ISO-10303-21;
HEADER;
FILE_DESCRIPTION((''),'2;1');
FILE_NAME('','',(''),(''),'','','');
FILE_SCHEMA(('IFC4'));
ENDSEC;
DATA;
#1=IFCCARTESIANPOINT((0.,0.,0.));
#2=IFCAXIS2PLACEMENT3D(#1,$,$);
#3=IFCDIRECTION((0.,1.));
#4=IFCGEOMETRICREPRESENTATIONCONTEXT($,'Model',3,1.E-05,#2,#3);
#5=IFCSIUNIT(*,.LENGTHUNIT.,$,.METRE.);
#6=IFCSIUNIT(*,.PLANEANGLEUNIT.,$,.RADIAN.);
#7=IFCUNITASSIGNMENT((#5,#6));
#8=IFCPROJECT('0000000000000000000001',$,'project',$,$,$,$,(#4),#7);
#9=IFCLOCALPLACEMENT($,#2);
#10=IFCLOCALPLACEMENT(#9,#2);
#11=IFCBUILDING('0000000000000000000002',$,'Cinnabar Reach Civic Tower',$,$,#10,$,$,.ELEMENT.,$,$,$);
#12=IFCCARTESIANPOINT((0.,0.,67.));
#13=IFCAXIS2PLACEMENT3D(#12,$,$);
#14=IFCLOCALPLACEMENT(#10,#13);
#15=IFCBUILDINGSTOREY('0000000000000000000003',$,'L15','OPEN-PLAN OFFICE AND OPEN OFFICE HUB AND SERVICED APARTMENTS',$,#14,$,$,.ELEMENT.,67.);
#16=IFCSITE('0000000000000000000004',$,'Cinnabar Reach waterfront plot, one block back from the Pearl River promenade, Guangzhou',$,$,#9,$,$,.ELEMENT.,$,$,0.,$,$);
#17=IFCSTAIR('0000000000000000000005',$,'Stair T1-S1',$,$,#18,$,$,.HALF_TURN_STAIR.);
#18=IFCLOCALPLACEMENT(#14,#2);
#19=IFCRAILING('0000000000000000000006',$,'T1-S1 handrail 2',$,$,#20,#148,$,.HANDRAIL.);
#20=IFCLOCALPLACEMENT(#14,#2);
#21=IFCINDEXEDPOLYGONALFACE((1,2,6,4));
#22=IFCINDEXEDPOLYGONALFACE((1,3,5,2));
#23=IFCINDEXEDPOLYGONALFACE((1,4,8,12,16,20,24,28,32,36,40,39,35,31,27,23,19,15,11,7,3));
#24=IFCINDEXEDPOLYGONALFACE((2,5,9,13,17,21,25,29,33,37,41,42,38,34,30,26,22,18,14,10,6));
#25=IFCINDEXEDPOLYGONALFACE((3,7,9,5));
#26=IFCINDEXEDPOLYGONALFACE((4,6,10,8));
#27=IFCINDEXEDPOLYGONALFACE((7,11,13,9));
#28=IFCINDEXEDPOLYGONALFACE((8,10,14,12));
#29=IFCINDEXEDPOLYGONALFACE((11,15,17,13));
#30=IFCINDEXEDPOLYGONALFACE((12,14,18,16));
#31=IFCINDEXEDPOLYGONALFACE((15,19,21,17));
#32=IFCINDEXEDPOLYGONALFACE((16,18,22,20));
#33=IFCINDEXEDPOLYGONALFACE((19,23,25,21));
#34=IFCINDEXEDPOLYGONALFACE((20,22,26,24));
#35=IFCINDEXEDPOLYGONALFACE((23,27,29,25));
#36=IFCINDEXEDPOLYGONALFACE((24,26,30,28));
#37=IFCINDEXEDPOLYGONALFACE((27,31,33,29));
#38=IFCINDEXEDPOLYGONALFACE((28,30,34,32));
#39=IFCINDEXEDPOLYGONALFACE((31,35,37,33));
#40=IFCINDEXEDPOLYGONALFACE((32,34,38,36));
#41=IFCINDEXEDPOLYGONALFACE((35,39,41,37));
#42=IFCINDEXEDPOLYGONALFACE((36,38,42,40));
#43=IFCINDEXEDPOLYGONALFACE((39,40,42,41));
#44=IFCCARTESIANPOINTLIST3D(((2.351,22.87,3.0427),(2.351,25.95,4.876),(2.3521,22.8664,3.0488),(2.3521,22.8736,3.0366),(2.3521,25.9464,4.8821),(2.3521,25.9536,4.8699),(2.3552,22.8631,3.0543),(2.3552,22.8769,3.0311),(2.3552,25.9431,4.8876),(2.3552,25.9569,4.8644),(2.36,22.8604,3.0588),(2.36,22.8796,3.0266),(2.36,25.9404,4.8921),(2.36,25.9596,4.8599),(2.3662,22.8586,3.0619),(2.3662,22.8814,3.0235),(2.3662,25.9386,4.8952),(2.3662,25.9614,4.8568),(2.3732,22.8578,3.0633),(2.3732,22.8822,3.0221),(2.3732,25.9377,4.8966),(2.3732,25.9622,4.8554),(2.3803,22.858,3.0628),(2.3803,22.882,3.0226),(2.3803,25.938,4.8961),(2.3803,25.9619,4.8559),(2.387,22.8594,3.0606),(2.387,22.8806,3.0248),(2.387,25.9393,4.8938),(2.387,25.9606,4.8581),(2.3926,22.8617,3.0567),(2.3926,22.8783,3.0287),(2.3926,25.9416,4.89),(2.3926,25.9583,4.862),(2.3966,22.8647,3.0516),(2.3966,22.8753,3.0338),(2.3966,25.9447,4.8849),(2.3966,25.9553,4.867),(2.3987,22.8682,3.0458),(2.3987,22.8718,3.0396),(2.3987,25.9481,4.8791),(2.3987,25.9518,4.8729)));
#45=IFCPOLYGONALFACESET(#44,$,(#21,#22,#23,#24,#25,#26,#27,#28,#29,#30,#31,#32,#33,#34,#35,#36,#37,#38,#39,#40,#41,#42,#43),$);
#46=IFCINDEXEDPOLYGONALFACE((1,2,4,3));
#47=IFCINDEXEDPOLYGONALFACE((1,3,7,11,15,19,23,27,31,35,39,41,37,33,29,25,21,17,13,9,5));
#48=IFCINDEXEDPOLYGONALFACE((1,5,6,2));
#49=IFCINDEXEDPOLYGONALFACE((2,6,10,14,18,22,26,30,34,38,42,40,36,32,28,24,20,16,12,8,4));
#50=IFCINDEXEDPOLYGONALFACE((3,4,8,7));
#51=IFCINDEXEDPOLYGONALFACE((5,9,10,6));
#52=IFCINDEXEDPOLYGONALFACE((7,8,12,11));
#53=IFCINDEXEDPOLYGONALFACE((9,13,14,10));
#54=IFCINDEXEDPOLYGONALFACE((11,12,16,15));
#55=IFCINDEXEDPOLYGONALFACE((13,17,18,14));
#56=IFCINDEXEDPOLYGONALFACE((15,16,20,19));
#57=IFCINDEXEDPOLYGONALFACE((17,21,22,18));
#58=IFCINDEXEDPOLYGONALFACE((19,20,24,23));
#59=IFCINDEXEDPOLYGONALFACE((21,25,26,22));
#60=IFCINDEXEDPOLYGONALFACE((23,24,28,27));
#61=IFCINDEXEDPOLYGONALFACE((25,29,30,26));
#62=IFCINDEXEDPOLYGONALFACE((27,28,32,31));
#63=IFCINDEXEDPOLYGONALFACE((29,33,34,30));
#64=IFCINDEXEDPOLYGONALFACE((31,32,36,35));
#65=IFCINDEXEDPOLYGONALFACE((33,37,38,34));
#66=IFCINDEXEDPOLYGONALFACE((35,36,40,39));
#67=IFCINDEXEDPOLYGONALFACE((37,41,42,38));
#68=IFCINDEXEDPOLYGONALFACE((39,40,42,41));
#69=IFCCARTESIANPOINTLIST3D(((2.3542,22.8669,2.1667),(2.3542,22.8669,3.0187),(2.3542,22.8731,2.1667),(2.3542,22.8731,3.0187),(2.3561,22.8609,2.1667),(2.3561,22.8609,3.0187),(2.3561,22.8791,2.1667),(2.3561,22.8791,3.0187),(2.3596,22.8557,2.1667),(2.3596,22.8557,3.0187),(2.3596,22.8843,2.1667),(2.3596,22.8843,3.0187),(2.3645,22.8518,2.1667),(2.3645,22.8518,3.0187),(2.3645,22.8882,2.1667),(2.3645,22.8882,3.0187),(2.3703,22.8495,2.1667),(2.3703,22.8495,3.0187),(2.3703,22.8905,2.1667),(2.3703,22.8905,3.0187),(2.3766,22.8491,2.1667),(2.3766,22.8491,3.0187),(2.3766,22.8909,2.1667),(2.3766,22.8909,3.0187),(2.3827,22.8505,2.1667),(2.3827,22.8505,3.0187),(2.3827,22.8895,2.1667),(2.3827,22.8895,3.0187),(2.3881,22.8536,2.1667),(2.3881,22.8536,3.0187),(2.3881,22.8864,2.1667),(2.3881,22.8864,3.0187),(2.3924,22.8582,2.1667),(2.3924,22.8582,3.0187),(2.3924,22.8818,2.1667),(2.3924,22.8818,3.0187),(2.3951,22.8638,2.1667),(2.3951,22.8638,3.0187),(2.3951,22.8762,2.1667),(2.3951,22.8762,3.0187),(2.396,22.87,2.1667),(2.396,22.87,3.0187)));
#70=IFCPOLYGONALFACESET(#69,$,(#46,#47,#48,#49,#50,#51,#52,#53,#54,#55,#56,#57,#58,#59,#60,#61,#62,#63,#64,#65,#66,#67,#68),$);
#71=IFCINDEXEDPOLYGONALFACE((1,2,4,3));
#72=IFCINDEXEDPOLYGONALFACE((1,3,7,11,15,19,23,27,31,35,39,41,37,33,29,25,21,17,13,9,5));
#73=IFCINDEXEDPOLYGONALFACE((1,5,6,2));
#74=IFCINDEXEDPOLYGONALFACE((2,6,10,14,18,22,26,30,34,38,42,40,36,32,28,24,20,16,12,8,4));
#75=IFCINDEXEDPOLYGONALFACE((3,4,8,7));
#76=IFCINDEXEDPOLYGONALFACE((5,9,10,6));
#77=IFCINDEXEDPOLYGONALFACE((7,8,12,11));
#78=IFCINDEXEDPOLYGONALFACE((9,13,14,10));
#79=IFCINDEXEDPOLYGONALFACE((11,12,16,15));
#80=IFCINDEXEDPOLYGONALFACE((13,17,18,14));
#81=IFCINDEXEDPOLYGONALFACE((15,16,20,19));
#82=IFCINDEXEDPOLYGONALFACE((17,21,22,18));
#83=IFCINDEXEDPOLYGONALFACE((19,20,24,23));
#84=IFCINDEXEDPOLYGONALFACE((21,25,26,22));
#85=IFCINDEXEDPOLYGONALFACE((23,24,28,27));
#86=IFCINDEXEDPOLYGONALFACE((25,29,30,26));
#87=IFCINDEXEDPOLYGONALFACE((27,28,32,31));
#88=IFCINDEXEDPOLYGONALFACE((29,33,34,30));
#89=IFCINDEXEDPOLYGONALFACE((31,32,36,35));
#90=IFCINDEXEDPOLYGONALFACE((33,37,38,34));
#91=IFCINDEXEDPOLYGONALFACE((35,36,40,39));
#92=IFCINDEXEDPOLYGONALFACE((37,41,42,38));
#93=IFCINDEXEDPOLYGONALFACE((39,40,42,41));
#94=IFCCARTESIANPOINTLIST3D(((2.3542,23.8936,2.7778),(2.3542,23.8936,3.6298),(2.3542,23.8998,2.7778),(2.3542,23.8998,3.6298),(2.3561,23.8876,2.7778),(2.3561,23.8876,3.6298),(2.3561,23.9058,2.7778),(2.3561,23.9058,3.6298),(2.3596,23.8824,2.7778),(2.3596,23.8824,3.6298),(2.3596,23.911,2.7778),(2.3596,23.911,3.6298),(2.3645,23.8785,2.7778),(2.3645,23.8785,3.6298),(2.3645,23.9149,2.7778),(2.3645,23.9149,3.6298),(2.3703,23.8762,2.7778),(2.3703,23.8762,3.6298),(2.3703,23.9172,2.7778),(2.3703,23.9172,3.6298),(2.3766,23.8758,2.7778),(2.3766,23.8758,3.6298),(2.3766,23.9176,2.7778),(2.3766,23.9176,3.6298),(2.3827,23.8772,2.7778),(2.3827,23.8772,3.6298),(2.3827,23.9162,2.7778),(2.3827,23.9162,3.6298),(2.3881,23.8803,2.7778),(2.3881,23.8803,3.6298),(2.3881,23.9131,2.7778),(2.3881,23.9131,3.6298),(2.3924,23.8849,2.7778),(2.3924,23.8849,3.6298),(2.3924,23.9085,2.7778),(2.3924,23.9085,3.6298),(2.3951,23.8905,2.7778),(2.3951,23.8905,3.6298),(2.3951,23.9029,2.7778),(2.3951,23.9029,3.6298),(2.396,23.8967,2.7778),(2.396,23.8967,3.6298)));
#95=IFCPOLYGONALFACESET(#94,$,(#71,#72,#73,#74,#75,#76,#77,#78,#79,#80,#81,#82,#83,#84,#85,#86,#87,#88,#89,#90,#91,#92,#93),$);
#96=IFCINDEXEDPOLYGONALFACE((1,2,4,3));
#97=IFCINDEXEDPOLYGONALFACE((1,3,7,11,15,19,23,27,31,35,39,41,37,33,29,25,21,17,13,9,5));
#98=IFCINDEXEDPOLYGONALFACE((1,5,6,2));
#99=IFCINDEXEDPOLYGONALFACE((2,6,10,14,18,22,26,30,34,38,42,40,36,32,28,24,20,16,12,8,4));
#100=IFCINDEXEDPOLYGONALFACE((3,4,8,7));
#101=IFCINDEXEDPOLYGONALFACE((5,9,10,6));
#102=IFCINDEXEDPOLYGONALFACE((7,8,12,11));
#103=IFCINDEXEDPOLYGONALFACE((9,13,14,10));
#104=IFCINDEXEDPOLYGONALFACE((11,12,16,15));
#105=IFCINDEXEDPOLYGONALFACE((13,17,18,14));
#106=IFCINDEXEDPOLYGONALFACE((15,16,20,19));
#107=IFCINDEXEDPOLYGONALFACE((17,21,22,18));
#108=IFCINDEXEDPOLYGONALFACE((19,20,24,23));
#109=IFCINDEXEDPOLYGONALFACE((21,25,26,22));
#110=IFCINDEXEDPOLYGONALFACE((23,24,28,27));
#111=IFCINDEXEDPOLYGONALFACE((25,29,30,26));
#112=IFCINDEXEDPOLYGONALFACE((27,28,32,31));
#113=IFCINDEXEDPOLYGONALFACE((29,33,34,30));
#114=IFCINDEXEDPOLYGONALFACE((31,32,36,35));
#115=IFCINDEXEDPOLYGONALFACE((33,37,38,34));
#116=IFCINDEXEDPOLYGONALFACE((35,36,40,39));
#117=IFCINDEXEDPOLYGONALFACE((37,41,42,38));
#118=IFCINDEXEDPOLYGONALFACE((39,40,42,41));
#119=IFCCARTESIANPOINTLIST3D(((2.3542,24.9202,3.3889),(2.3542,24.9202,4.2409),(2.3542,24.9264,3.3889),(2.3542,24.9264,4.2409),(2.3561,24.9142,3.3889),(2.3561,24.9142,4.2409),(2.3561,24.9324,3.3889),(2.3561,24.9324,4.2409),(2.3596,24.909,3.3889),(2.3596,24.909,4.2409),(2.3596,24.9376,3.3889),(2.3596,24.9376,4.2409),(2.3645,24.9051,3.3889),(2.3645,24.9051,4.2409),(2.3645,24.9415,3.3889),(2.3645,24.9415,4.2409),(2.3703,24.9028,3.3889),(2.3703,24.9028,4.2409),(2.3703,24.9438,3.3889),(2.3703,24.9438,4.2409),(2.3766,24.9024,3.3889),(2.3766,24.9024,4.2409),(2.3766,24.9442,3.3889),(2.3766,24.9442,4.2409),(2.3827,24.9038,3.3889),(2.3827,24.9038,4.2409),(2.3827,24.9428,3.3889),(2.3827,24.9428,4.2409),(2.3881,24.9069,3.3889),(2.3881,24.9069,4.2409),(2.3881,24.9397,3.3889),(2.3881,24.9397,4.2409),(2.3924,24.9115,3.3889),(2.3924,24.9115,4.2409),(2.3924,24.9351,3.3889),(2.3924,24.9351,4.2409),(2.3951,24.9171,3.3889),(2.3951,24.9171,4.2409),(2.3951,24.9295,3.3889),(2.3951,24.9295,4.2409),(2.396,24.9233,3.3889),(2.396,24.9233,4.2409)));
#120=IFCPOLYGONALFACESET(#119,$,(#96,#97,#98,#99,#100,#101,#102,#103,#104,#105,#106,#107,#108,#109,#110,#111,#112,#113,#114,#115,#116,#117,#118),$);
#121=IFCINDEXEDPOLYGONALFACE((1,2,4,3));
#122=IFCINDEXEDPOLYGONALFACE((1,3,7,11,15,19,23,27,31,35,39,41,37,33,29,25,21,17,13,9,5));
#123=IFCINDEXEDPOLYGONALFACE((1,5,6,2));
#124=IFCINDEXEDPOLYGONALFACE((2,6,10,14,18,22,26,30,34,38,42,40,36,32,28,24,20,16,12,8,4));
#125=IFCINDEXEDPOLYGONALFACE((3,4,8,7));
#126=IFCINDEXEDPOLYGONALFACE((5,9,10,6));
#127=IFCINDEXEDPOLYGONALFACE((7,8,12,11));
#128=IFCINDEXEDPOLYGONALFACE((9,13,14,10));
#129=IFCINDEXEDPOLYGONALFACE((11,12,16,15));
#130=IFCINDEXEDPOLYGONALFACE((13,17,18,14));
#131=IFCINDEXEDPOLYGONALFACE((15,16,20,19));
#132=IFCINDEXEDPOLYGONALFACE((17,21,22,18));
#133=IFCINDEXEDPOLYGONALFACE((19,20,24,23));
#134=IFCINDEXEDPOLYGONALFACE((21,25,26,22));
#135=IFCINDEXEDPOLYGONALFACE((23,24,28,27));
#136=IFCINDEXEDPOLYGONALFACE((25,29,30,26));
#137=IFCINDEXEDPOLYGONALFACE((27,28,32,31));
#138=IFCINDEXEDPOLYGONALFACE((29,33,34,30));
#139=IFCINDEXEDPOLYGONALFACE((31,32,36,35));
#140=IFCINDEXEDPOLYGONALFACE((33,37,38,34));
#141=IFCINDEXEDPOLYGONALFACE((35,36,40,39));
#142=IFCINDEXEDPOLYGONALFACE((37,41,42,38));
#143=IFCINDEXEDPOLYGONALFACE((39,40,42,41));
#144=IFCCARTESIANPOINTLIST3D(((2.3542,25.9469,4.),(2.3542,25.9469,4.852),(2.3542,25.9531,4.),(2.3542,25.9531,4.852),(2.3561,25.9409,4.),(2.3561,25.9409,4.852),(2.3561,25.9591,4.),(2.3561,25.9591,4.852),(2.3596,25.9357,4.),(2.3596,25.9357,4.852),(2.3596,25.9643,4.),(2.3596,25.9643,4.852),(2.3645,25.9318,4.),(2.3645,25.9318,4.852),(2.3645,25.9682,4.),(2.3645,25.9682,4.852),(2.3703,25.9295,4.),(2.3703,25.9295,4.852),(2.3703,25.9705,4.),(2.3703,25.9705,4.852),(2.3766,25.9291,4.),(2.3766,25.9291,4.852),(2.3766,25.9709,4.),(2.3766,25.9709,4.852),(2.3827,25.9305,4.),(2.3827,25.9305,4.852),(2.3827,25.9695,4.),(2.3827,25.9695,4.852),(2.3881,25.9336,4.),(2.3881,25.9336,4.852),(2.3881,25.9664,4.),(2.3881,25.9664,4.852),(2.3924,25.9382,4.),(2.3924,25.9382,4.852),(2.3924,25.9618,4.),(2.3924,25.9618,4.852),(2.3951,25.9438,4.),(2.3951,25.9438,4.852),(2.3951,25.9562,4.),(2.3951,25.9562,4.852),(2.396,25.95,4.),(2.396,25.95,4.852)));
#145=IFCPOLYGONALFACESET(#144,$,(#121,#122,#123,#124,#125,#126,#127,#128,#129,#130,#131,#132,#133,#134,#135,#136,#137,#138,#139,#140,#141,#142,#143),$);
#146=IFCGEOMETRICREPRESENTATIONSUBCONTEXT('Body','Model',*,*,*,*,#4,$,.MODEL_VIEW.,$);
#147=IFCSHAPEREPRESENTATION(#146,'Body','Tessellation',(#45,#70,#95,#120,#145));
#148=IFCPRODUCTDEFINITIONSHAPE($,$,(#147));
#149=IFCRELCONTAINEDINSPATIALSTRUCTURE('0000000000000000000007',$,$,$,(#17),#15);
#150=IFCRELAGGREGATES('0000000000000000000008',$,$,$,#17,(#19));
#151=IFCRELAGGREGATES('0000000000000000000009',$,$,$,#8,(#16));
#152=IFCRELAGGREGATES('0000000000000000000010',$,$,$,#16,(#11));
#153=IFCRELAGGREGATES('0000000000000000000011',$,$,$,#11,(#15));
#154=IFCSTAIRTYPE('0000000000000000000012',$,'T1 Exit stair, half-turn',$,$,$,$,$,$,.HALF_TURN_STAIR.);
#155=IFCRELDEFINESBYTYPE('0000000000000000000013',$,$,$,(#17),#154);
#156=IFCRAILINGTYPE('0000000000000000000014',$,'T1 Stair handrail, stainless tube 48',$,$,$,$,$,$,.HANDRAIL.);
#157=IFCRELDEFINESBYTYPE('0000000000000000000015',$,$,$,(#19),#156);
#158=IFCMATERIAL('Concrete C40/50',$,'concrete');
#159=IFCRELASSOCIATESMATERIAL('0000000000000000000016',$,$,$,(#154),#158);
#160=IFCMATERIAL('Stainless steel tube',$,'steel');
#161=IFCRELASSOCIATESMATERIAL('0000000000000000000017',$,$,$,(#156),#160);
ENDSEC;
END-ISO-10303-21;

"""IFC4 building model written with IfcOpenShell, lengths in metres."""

from ifc_helpers import new_model, si_unit, direction, frame, origin, origin_2d, place, context, subcontext, project, spatial, circle, extrude, material, type_object, element, aggregate, save


model = new_model("IFC4")

# Units and contexts
model_context = context("Model", 3, precision=1e-05, world=origin(), true_north=direction((0.0, 1.0)))
body_context = subcontext(model_context, "Body", "Model", "MODEL_VIEW")
ifc_project = project(units=[si_unit("LENGTHUNIT", "METRE"), si_unit("PLANEANGLEUNIT", "RADIAN")], contexts=[model_context])

# Site, building, storey
site_placement = place(None, origin())
site = spatial("IfcSite", under=ifc_project, at=site_placement, Name="Cinnabar Reach waterfront plot, one block back from the Pearl River promenade, Guangzhou", CompositionType="ELEMENT", RefElevation=0.0)
building_placement = place(site_placement, origin())
building = spatial("IfcBuilding", under=site, at=building_placement, Name="Cinnabar Reach Civic Tower", CompositionType="ELEMENT")
storey_placement = place(building_placement, frame((0.0, 0.0, 67.0)))
storey = spatial("IfcBuildingStorey", under=building, at=storey_placement, Name="L15", Description="OPEN-PLAN OFFICE AND OPEN OFFICE HUB AND SERVICED APARTMENTS", CompositionType="ELEMENT", Elevation=67.0)

# Stair, railing
ifc_material_1 = material(Name="Concrete C40/50", Category="concrete")
stair_type = type_object("IfcStairType", Name="T1 Exit stair, half-turn", PredefinedType="HALF_TURN_STAIR", material=ifc_material_1)
stair_placement = place(storey_placement, origin())
stair = element("IfcStair", 1, at=stair_placement, inside=storey, type_object=stair_type, Name="Stair T1-S1", PredefinedType="HALF_TURN_STAIR")
ifc_material_2 = material(Name="Stainless steel tube", Category="steel")
railing_type = type_object("IfcRailingType", Name="T1 Stair handrail, stainless tube 48", PredefinedType="HANDRAIL", material=ifc_material_2)
railing_1_placement = place(storey_placement, frame((2.375, 22.87, 2.1667)))
railing_1 = element("IfcRailing", 2, at=railing_1_placement, type_object=railing_type, Name="T1-S1 handrail 2", PredefinedType="HANDRAIL", context=body_context, shape_type="SweptSolid", body=[
    extrude(circle(Radius=0.024, at=origin_2d()), frame((0.0, 0.0, 0.876), z_axis=(0.0, 0.859297, 0.511477), x_axis=(-1.0, 0.0, 0.0)), (0.0, 0.0, 1.0), 3.5843),
    extrude(circle(Radius=0.021, at=origin_2d()), origin(), (0.0, 0.0, 1.0), 0.852),
    extrude(circle(Radius=0.021, at=origin_2d()), frame((0.0, 1.0267, 0.6111)), (0.0, 0.0, 1.0), 0.852),
    extrude(circle(Radius=0.021, at=origin_2d()), frame((0.0, 2.0533, 1.2222)), (0.0, 0.0, 1.0), 0.852),
    extrude(circle(Radius=0.021, at=origin_2d()), frame((0.0, 3.08, 1.8333)), (0.0, 0.0, 1.0), 0.852),
])
aggregate(stair, [railing_1])

save(model, "model.ifc")
